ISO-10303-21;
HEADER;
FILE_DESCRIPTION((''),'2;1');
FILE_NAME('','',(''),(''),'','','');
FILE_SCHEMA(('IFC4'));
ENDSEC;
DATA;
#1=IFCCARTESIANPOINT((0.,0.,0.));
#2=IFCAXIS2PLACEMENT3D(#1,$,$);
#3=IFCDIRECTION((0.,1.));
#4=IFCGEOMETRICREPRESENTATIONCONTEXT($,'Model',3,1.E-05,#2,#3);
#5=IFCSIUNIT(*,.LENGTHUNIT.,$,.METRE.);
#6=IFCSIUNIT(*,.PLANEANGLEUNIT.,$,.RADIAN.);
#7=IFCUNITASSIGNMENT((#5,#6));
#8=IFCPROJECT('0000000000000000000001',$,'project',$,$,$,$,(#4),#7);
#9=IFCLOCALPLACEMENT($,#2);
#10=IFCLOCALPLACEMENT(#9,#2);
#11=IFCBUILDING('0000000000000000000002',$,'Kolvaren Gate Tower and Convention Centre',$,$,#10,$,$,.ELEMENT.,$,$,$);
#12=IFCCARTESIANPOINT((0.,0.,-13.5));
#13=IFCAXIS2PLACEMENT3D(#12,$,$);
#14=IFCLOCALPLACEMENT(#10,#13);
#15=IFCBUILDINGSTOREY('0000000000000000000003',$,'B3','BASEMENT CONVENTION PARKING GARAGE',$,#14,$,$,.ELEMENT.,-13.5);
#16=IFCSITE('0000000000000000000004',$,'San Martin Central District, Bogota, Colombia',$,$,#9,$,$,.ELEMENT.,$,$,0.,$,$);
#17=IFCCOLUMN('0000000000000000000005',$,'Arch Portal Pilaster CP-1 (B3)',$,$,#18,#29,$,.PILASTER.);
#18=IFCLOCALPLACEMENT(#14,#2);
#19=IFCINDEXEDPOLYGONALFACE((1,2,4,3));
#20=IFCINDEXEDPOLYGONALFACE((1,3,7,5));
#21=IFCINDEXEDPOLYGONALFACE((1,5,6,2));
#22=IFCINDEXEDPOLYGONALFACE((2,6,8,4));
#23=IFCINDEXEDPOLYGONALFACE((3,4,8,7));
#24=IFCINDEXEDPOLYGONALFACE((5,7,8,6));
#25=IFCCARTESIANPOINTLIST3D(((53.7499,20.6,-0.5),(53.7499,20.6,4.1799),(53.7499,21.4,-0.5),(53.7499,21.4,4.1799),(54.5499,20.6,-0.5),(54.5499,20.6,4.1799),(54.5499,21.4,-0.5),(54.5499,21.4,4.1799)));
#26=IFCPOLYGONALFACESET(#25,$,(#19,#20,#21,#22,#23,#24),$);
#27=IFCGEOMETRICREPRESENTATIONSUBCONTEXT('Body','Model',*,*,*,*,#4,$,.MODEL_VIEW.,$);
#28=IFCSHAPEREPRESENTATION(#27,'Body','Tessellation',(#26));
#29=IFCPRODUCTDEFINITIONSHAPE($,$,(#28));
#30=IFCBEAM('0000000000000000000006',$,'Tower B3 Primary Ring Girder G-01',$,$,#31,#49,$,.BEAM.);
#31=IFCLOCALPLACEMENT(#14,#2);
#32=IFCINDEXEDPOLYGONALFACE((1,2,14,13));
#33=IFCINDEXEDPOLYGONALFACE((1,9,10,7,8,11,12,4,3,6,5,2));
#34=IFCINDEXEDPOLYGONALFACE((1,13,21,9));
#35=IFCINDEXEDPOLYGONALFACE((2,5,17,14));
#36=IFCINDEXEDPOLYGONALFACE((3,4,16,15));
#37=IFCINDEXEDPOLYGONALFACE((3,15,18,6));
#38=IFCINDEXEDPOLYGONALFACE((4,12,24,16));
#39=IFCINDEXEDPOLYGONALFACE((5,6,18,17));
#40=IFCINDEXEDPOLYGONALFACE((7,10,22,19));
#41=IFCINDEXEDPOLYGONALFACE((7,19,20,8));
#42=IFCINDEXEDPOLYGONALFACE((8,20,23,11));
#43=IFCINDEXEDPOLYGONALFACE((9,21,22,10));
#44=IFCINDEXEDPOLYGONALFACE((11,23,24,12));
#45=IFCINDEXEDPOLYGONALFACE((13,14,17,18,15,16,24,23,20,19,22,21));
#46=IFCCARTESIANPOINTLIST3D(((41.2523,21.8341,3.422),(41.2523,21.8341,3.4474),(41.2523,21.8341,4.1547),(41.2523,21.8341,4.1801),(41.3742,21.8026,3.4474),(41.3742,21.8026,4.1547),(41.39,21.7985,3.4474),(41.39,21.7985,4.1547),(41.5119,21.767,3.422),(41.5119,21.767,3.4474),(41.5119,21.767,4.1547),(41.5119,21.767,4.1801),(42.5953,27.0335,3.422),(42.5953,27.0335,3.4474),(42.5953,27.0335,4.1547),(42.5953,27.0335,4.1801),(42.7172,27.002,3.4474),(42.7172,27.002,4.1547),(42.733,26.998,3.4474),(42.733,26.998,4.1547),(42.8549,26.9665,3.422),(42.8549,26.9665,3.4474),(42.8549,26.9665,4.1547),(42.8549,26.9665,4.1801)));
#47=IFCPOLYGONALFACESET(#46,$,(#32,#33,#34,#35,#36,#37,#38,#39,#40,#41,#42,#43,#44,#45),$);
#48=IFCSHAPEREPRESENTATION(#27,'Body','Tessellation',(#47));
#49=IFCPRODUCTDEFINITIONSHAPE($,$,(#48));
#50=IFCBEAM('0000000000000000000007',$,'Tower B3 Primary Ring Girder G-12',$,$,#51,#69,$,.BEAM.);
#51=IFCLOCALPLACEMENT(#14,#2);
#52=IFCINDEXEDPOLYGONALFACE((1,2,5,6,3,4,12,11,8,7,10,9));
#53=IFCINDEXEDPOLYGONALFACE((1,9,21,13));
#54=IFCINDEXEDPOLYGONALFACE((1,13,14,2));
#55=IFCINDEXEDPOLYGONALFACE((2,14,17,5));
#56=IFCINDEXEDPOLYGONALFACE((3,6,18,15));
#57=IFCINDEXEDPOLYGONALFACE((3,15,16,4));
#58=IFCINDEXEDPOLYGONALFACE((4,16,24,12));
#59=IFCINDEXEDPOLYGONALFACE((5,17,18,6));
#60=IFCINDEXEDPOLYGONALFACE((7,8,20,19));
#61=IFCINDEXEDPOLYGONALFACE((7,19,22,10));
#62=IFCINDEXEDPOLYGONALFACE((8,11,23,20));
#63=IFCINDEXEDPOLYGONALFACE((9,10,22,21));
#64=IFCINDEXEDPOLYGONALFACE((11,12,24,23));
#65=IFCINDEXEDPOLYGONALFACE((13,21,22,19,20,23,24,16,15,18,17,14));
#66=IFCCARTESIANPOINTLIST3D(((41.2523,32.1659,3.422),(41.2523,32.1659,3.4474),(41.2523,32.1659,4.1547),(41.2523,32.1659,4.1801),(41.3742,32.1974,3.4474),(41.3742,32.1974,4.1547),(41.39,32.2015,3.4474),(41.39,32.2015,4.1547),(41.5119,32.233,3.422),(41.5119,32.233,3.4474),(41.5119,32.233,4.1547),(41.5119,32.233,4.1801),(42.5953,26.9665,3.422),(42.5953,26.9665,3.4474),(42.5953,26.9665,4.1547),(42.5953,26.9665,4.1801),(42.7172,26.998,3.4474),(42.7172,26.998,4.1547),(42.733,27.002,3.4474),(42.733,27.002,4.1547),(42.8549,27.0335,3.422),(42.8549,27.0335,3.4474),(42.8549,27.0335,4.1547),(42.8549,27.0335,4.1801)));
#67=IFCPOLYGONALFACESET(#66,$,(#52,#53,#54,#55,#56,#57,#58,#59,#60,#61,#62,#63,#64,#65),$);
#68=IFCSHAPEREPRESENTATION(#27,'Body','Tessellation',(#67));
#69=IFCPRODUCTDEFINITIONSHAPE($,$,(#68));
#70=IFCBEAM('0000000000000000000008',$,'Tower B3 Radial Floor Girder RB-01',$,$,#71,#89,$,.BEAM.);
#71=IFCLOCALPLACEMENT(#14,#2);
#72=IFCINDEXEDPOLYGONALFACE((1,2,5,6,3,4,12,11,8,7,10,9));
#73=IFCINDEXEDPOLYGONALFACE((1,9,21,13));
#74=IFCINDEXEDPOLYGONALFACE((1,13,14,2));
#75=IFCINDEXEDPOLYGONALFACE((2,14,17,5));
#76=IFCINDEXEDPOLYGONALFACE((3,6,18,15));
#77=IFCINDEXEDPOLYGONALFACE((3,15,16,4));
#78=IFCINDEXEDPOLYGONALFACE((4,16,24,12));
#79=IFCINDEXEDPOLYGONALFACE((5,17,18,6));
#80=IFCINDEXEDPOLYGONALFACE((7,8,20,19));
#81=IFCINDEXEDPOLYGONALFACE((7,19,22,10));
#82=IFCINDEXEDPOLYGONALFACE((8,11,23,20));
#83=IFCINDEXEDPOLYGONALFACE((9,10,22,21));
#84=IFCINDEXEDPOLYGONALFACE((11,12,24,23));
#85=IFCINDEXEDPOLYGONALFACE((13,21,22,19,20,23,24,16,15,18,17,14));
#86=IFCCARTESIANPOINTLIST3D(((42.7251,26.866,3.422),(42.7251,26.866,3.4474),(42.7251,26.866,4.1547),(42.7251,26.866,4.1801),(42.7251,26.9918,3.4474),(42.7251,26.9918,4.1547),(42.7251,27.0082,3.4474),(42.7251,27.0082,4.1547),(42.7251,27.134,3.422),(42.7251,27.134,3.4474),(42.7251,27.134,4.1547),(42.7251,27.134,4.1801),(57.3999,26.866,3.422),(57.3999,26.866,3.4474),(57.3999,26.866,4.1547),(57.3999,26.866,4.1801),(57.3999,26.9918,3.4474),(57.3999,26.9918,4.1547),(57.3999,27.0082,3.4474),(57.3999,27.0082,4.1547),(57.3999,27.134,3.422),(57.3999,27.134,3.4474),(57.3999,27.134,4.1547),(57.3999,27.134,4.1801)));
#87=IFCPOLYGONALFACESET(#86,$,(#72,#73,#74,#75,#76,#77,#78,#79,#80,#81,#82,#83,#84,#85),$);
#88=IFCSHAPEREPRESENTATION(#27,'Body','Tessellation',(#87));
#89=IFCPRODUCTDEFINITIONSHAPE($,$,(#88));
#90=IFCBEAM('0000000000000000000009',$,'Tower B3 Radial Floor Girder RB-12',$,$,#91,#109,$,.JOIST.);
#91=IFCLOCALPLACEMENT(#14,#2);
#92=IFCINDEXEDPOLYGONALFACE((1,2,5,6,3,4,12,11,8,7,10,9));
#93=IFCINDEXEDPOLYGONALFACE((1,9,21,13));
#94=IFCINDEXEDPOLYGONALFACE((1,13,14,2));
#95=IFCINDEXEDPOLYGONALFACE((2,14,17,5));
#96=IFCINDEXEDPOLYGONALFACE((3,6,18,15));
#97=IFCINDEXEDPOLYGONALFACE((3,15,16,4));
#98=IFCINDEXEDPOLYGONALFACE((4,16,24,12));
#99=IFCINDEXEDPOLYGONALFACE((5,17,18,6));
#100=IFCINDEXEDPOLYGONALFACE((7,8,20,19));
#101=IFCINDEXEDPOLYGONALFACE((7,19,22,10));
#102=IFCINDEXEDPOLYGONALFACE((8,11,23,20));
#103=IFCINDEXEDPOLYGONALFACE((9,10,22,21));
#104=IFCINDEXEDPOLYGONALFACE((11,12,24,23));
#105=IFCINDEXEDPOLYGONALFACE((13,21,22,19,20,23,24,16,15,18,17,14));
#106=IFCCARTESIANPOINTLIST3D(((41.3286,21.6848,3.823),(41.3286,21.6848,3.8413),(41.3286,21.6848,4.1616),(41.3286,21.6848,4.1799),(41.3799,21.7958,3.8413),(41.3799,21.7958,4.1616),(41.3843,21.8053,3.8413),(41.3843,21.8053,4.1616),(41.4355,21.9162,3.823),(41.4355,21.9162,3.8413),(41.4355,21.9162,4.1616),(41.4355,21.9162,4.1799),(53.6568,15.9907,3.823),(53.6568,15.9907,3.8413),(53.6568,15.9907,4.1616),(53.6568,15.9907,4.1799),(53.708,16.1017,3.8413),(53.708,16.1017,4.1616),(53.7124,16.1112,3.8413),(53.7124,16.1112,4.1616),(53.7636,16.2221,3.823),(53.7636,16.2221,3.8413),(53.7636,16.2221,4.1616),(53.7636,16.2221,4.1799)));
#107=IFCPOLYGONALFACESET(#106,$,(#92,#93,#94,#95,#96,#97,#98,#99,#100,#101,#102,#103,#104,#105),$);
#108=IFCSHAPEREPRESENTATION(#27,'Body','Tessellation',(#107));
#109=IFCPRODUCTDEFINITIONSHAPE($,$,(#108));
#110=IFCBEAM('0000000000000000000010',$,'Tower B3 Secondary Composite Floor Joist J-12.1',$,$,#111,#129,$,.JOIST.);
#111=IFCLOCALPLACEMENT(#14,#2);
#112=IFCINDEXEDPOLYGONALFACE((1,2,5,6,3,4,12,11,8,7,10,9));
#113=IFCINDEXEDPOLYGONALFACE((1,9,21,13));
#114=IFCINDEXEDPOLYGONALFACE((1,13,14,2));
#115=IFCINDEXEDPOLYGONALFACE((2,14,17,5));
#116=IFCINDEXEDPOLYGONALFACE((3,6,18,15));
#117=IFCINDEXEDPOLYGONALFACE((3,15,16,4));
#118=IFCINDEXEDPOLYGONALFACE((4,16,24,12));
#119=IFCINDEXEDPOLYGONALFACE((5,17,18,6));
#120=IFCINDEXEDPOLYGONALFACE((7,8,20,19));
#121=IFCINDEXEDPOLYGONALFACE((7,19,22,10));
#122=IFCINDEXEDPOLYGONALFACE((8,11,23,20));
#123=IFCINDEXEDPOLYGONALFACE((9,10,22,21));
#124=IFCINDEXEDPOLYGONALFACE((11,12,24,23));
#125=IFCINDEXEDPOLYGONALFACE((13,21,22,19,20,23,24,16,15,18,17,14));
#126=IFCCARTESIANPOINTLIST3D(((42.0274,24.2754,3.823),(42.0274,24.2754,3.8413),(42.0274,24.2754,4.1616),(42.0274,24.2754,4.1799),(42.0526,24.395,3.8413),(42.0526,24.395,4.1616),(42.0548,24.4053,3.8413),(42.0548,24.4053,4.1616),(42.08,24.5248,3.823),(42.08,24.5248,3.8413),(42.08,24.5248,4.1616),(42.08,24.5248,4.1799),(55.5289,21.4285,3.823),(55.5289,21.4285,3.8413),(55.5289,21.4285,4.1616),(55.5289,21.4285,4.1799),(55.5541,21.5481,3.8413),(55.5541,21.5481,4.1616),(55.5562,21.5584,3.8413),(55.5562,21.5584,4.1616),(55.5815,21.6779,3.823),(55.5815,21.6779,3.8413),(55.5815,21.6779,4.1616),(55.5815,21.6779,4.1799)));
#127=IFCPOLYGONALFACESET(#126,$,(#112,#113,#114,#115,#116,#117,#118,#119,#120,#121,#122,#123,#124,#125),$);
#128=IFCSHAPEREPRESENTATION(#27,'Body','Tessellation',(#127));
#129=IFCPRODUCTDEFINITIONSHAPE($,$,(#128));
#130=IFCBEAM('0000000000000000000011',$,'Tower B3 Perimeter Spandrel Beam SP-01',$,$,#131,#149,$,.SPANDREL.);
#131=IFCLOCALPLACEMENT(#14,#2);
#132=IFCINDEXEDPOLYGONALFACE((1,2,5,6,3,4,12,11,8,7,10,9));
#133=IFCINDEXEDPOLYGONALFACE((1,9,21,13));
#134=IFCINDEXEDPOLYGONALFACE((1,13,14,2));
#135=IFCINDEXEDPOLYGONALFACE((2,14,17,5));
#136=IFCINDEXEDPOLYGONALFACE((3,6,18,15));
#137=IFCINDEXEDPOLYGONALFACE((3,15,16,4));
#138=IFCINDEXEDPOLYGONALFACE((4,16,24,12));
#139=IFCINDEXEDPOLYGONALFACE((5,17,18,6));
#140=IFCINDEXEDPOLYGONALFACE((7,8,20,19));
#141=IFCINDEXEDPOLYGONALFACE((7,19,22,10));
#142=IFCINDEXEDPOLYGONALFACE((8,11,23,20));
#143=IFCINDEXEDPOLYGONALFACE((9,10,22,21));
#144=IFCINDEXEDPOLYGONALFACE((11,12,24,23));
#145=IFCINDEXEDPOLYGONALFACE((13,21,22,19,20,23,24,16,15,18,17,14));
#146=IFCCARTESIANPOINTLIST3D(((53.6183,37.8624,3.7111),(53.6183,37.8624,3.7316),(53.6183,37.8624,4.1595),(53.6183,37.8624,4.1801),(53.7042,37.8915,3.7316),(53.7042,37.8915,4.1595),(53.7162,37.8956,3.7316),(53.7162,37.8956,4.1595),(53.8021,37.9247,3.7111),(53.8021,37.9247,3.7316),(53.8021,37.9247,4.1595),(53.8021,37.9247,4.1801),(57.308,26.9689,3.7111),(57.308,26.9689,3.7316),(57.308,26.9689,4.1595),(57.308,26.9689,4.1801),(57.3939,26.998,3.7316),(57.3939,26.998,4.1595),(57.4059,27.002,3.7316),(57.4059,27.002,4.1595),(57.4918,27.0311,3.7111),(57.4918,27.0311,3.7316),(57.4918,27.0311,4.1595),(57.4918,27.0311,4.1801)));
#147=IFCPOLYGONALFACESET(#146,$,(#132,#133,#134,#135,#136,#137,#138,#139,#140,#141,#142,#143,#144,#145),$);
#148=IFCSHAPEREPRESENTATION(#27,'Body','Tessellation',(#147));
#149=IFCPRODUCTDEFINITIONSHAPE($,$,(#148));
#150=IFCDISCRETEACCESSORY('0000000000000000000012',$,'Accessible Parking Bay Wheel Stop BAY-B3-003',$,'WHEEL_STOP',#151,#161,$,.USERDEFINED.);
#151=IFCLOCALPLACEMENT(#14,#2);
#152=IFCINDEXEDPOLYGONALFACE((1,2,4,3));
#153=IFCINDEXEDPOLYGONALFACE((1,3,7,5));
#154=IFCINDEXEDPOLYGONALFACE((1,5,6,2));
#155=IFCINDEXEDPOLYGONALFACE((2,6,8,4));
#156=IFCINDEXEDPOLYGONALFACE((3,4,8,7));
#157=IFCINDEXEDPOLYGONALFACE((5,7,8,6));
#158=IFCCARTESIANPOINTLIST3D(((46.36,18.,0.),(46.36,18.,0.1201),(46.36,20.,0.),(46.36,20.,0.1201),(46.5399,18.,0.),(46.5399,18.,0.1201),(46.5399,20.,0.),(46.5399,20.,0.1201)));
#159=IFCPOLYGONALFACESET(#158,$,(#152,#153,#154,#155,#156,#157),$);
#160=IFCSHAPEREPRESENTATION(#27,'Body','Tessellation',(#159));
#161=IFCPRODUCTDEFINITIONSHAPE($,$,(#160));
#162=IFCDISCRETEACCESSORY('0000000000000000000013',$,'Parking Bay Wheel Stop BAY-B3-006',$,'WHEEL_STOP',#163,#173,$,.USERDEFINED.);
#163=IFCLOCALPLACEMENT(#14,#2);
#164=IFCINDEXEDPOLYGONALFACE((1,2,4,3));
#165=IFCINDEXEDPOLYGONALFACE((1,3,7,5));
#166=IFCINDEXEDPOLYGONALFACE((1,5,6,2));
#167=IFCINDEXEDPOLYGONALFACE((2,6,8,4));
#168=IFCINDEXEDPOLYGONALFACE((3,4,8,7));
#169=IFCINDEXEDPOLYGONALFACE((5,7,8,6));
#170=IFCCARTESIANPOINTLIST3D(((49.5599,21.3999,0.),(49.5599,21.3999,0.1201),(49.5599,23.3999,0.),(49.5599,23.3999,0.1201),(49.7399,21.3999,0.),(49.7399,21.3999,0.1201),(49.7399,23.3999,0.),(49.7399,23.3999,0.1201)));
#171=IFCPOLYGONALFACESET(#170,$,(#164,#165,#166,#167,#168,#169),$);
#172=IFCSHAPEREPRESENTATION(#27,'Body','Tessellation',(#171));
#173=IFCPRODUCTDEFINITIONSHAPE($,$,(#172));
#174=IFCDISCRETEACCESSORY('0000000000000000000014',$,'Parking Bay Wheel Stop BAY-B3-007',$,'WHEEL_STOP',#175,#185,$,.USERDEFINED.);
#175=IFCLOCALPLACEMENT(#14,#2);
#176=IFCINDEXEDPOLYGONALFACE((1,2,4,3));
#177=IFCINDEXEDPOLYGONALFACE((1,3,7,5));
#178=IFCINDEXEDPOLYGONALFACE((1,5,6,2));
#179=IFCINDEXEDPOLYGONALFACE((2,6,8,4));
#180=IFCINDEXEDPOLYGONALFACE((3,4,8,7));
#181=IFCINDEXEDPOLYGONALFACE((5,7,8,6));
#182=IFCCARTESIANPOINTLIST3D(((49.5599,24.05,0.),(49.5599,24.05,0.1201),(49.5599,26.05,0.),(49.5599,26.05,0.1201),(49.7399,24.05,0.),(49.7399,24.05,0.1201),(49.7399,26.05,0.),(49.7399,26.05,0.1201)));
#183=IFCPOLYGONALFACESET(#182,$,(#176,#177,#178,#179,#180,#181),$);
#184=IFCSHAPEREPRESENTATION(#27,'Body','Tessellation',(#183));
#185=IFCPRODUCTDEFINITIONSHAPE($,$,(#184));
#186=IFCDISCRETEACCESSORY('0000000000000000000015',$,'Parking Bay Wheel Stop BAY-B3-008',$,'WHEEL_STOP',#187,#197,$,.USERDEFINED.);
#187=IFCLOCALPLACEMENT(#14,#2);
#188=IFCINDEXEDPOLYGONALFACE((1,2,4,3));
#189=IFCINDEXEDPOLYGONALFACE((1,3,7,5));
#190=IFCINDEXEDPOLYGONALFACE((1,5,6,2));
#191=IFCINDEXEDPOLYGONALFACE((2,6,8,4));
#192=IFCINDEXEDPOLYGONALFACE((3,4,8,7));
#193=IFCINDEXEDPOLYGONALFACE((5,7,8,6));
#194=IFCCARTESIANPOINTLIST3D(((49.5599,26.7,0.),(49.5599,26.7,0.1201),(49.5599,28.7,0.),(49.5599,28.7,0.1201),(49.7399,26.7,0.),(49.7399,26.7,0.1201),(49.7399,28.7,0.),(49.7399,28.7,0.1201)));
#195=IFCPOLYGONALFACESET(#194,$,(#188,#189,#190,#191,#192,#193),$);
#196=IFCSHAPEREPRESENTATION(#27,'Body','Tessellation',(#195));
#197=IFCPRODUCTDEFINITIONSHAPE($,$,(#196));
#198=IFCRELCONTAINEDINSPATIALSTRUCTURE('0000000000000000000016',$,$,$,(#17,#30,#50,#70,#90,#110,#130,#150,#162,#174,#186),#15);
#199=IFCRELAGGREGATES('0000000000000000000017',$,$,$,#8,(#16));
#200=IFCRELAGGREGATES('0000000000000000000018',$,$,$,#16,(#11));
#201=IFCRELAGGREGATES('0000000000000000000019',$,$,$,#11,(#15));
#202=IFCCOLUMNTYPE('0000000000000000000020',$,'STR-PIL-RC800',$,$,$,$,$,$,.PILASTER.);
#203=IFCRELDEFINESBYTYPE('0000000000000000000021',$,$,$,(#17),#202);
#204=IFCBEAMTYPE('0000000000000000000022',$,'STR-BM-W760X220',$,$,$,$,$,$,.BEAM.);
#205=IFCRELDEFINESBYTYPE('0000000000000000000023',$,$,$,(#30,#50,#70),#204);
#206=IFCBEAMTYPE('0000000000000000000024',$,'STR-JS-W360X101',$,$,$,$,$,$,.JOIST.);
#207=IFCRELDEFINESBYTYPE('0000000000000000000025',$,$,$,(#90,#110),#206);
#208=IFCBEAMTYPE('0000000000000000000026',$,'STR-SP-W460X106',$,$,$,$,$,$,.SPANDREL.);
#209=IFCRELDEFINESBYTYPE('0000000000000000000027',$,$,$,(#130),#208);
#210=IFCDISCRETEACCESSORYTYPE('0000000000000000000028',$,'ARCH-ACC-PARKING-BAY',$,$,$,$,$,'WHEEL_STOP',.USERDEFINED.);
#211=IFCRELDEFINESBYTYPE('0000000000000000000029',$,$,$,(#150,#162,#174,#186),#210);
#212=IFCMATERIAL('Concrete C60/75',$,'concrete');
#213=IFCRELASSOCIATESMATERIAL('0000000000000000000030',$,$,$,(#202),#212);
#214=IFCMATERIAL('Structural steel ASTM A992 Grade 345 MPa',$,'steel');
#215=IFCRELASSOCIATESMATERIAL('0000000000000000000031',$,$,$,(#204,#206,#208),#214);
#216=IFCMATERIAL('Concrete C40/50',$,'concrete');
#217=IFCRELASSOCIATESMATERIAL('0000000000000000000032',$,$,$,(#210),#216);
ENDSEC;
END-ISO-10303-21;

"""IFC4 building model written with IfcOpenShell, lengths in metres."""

from ifc_helpers import new_model, si_unit, direction, frame, origin, origin_2d, place, context, subcontext, project, spatial, rectangle, i_section, extrude, material, material_profile, profile_set, type_object, element, save


model = new_model("IFC4")

# Units and contexts
model_context = context("Model", 3, precision=1e-05, world=origin(), true_north=direction((0.0, 1.0)))
body_context = subcontext(model_context, "Body", "Model", "MODEL_VIEW")
ifc_project = project(units=[si_unit("LENGTHUNIT", "METRE"), si_unit("PLANEANGLEUNIT", "RADIAN")], contexts=[model_context])

# Site, building, storey
site_placement = place(None, origin())
site = spatial("IfcSite", under=ifc_project, at=site_placement, Name="San Martin Central District, Bogota, Colombia", CompositionType="ELEMENT", RefElevation=0.0)
building_placement = place(site_placement, origin())
building = spatial("IfcBuilding", under=site, at=building_placement, Name="Kolvaren Gate Tower and Convention Centre", CompositionType="ELEMENT")
storey_placement = place(building_placement, frame((0.0, 0.0, -13.5)))
storey = spatial("IfcBuildingStorey", under=building, at=storey_placement, Name="B3", Description="BASEMENT CONVENTION PARKING GARAGE", CompositionType="ELEMENT", Elevation=-13.5)

# Column
ifc_material_1 = material(Name="Concrete C60/75", Category="concrete")
ifc_material_profile_1 = material_profile(ifc_material_1, rectangle(XDim=0.8, YDim=0.8, at=origin_2d()), Name="RC-COL-800X800")
ifc_profile_set_1 = profile_set([ifc_material_profile_1], Name="Concrete C60/75")
column_type_1 = type_object("IfcColumnType", Name="STR-PIL-RC800", PredefinedType="PILASTER", material=ifc_profile_set_1)
column_1_placement = place(storey_placement, frame((54.1499, 21.0, -0.5), z_axis=(0.0, 0.0, 1.0), x_axis=(1.0, 0.0, 0.0)))
element("IfcColumn", 1, at=column_1_placement, inside=storey, type_object=column_type_1, Name="Arch Portal Pilaster CP-1 (B3)", PredefinedType="PILASTER", context=body_context, shape_type="SweptSolid", body=[
    extrude(rectangle(XDim=0.8, YDim=0.8, at=origin_2d()), origin(), (0.0, 0.0, 1.0), 4.6799),
])

# Beams
ifc_material_2 = material(Name="Structural steel ASTM A992 Grade 345 MPa", Category="steel")
ifc_material_profile_2 = material_profile(ifc_material_2, i_section(OverallWidth=0.2681, OverallDepth=0.7581, WebThickness=0.0164, FlangeThickness=0.0254, at=origin_2d()), Name="W760X220")
ifc_profile_set_2 = profile_set([ifc_material_profile_2], Name="Structural steel ASTM A992 Grade 345 MPa")
beam_type_1 = type_object("IfcBeamType", Name="STR-BM-W760X220", PredefinedType="BEAM", material=ifc_profile_set_2)
for number, where, z_axis, x_axis, name in (
    (2, (42.7251, 27.0, 3.801), (-0.250091, -0.968222, 0.0), (0.968222, -0.250091, 0.0), "Tower B3 Primary Ring Girder G-01"),
    (3, (42.7251, 27.0, 3.801), (-0.250091, 0.968222, 0.0), (-0.968222, -0.250091, 0.0), "Tower B3 Primary Ring Girder G-12"),
):
    element("IfcBeam", number, at=place(storey_placement, frame(where, z_axis=z_axis, x_axis=x_axis)), inside=storey, type_object=beam_type_1, Name=name, PredefinedType="BEAM", context=body_context, shape_type="SweptSolid", body=[
        extrude(i_section(OverallWidth=0.2681, OverallDepth=0.7581, WebThickness=0.0164, FlangeThickness=0.0254, at=origin_2d()), origin(), (0.0, 0.0, 1.0), 5.3701),
    ])
beam_1_placement = place(storey_placement, frame((42.7251, 27.0, 3.801), z_axis=(1.0, 0.0, 0.0), x_axis=(0.0, 1.0, 0.0)))
element("IfcBeam", 4, at=beam_1_placement, inside=storey, type_object=beam_type_1, Name="Tower B3 Radial Floor Girder RB-01", PredefinedType="BEAM", context=body_context, shape_type="SweptSolid", body=[
    extrude(i_section(OverallWidth=0.2681, OverallDepth=0.7581, WebThickness=0.0164, FlangeThickness=0.0254, at=origin_2d()), origin(), (0.0, 0.0, 1.0), 14.6748),
])
ifc_material_profile_3 = material_profile(ifc_material_2, i_section(OverallWidth=0.2549, OverallDepth=0.3569, WebThickness=0.0105, FlangeThickness=0.0183, at=origin_2d()), Name="W360X101")
ifc_profile_set_3 = profile_set([ifc_material_profile_3], Name="Structural steel ASTM A992 Grade 345 MPa")
beam_type_2 = type_object("IfcBeamType", Name="STR-JS-W360X101", PredefinedType="JOIST", material=ifc_profile_set_3)
beam_2_placement = place(storey_placement, frame((41.3821, 21.8005, 4.0015), z_axis=(0.907842, -0.419312, 0.0), x_axis=(0.419312, 0.907842, 0.0)))
element("IfcBeam", 5, at=beam_2_placement, inside=storey, type_object=beam_type_2, Name="Tower B3 Radial Floor Girder RB-12", PredefinedType="JOIST", context=body_context, shape_type="SweptSolid", body=[
    extrude(i_section(OverallWidth=0.2549, OverallDepth=0.3569, WebThickness=0.0105, FlangeThickness=0.0183, at=origin_2d()), origin(), (0.0, 0.0, 1.0), 13.5796),
])
beam_3_placement = place(storey_placement, frame((42.0537, 24.4001, 4.0015), z_axis=(0.978484, -0.206323, 0.0), x_axis=(0.206323, 0.978484, 0.0)))
element("IfcBeam", 6, at=beam_3_placement, inside=storey, type_object=beam_type_2, Name="Tower B3 Secondary Composite Floor Joist J-12.1", PredefinedType="JOIST", context=body_context, shape_type="SweptSolid", body=[
    extrude(i_section(OverallWidth=0.2549, OverallDepth=0.3569, WebThickness=0.0105, FlangeThickness=0.0183, at=origin_2d()), origin(), (0.0, 0.0, 1.0), 13.7983),
])
ifc_material_profile_4 = material_profile(ifc_material_2, i_section(OverallWidth=0.1941, OverallDepth=0.469, WebThickness=0.0127, FlangeThickness=0.0205, at=origin_2d()), Name="W460X106")
ifc_profile_set_4 = profile_set([ifc_material_profile_4], Name="Structural steel ASTM A992 Grade 345 MPa")
beam_type_3 = type_object("IfcBeamType", Name="STR-SP-W460X106", PredefinedType="SPANDREL", material=ifc_profile_set_4)
beam_4_placement = place(storey_placement, frame((57.3999, 27.0, 3.9456), z_axis=(-0.320803, 0.947146, 0.0), x_axis=(-0.947146, -0.320803, 0.0)))
element("IfcBeam", 7, at=beam_4_placement, inside=storey, type_object=beam_type_3, Name="Tower B3 Perimeter Spandrel Beam SP-01", PredefinedType="SPANDREL", context=body_context, shape_type="SweptSolid", body=[
    extrude(i_section(OverallWidth=0.1941, OverallDepth=0.469, WebThickness=0.0127, FlangeThickness=0.0205, at=origin_2d()), origin(), (0.0, 0.0, 1.0), 11.5015),
])

# Discrete accessories
ifc_material_3 = material(Name="Concrete C40/50", Category="concrete")
discrete_accessory_type = type_object("IfcDiscreteAccessoryType", Name="ARCH-ACC-PARKING-BAY", ElementType="WHEEL_STOP", PredefinedType="USERDEFINED", material=ifc_material_3)
for number, where, z_axis, x_axis, name in (
    (8, (46.45, 19.0, 0.0), (0.0, 0.0, 1.0), (0.0, 1.0, 0.0), "Accessible Parking Bay Wheel Stop BAY-B3-003"),
    (9, (49.6499, 22.3999, 0.0), (0.0, 0.0, 1.0), (0.0, 1.0, 0.0), "Parking Bay Wheel Stop BAY-B3-006"),
    (10, (49.6499, 25.05, 0.0), (0.0, 0.0, 1.0), (0.0, 1.0, 0.0), "Parking Bay Wheel Stop BAY-B3-007"),
    (11, (49.6499, 27.7, 0.0), (0.0, 0.0, 1.0), (0.0, 1.0, 0.0), "Parking Bay Wheel Stop BAY-B3-008"),
):
    element("IfcDiscreteAccessory", number, at=place(storey_placement, frame(where, z_axis=z_axis, x_axis=x_axis)), inside=storey, type_object=discrete_accessory_type, Name=name, ObjectType="WHEEL_STOP", PredefinedType="USERDEFINED", context=body_context, shape_type="SweptSolid", body=[
        extrude(rectangle(XDim=2.0, YDim=0.1799, at=origin_2d()), origin(), (0.0, 0.0, 1.0), 0.1201),
    ])

save(model, "model.ifc")
